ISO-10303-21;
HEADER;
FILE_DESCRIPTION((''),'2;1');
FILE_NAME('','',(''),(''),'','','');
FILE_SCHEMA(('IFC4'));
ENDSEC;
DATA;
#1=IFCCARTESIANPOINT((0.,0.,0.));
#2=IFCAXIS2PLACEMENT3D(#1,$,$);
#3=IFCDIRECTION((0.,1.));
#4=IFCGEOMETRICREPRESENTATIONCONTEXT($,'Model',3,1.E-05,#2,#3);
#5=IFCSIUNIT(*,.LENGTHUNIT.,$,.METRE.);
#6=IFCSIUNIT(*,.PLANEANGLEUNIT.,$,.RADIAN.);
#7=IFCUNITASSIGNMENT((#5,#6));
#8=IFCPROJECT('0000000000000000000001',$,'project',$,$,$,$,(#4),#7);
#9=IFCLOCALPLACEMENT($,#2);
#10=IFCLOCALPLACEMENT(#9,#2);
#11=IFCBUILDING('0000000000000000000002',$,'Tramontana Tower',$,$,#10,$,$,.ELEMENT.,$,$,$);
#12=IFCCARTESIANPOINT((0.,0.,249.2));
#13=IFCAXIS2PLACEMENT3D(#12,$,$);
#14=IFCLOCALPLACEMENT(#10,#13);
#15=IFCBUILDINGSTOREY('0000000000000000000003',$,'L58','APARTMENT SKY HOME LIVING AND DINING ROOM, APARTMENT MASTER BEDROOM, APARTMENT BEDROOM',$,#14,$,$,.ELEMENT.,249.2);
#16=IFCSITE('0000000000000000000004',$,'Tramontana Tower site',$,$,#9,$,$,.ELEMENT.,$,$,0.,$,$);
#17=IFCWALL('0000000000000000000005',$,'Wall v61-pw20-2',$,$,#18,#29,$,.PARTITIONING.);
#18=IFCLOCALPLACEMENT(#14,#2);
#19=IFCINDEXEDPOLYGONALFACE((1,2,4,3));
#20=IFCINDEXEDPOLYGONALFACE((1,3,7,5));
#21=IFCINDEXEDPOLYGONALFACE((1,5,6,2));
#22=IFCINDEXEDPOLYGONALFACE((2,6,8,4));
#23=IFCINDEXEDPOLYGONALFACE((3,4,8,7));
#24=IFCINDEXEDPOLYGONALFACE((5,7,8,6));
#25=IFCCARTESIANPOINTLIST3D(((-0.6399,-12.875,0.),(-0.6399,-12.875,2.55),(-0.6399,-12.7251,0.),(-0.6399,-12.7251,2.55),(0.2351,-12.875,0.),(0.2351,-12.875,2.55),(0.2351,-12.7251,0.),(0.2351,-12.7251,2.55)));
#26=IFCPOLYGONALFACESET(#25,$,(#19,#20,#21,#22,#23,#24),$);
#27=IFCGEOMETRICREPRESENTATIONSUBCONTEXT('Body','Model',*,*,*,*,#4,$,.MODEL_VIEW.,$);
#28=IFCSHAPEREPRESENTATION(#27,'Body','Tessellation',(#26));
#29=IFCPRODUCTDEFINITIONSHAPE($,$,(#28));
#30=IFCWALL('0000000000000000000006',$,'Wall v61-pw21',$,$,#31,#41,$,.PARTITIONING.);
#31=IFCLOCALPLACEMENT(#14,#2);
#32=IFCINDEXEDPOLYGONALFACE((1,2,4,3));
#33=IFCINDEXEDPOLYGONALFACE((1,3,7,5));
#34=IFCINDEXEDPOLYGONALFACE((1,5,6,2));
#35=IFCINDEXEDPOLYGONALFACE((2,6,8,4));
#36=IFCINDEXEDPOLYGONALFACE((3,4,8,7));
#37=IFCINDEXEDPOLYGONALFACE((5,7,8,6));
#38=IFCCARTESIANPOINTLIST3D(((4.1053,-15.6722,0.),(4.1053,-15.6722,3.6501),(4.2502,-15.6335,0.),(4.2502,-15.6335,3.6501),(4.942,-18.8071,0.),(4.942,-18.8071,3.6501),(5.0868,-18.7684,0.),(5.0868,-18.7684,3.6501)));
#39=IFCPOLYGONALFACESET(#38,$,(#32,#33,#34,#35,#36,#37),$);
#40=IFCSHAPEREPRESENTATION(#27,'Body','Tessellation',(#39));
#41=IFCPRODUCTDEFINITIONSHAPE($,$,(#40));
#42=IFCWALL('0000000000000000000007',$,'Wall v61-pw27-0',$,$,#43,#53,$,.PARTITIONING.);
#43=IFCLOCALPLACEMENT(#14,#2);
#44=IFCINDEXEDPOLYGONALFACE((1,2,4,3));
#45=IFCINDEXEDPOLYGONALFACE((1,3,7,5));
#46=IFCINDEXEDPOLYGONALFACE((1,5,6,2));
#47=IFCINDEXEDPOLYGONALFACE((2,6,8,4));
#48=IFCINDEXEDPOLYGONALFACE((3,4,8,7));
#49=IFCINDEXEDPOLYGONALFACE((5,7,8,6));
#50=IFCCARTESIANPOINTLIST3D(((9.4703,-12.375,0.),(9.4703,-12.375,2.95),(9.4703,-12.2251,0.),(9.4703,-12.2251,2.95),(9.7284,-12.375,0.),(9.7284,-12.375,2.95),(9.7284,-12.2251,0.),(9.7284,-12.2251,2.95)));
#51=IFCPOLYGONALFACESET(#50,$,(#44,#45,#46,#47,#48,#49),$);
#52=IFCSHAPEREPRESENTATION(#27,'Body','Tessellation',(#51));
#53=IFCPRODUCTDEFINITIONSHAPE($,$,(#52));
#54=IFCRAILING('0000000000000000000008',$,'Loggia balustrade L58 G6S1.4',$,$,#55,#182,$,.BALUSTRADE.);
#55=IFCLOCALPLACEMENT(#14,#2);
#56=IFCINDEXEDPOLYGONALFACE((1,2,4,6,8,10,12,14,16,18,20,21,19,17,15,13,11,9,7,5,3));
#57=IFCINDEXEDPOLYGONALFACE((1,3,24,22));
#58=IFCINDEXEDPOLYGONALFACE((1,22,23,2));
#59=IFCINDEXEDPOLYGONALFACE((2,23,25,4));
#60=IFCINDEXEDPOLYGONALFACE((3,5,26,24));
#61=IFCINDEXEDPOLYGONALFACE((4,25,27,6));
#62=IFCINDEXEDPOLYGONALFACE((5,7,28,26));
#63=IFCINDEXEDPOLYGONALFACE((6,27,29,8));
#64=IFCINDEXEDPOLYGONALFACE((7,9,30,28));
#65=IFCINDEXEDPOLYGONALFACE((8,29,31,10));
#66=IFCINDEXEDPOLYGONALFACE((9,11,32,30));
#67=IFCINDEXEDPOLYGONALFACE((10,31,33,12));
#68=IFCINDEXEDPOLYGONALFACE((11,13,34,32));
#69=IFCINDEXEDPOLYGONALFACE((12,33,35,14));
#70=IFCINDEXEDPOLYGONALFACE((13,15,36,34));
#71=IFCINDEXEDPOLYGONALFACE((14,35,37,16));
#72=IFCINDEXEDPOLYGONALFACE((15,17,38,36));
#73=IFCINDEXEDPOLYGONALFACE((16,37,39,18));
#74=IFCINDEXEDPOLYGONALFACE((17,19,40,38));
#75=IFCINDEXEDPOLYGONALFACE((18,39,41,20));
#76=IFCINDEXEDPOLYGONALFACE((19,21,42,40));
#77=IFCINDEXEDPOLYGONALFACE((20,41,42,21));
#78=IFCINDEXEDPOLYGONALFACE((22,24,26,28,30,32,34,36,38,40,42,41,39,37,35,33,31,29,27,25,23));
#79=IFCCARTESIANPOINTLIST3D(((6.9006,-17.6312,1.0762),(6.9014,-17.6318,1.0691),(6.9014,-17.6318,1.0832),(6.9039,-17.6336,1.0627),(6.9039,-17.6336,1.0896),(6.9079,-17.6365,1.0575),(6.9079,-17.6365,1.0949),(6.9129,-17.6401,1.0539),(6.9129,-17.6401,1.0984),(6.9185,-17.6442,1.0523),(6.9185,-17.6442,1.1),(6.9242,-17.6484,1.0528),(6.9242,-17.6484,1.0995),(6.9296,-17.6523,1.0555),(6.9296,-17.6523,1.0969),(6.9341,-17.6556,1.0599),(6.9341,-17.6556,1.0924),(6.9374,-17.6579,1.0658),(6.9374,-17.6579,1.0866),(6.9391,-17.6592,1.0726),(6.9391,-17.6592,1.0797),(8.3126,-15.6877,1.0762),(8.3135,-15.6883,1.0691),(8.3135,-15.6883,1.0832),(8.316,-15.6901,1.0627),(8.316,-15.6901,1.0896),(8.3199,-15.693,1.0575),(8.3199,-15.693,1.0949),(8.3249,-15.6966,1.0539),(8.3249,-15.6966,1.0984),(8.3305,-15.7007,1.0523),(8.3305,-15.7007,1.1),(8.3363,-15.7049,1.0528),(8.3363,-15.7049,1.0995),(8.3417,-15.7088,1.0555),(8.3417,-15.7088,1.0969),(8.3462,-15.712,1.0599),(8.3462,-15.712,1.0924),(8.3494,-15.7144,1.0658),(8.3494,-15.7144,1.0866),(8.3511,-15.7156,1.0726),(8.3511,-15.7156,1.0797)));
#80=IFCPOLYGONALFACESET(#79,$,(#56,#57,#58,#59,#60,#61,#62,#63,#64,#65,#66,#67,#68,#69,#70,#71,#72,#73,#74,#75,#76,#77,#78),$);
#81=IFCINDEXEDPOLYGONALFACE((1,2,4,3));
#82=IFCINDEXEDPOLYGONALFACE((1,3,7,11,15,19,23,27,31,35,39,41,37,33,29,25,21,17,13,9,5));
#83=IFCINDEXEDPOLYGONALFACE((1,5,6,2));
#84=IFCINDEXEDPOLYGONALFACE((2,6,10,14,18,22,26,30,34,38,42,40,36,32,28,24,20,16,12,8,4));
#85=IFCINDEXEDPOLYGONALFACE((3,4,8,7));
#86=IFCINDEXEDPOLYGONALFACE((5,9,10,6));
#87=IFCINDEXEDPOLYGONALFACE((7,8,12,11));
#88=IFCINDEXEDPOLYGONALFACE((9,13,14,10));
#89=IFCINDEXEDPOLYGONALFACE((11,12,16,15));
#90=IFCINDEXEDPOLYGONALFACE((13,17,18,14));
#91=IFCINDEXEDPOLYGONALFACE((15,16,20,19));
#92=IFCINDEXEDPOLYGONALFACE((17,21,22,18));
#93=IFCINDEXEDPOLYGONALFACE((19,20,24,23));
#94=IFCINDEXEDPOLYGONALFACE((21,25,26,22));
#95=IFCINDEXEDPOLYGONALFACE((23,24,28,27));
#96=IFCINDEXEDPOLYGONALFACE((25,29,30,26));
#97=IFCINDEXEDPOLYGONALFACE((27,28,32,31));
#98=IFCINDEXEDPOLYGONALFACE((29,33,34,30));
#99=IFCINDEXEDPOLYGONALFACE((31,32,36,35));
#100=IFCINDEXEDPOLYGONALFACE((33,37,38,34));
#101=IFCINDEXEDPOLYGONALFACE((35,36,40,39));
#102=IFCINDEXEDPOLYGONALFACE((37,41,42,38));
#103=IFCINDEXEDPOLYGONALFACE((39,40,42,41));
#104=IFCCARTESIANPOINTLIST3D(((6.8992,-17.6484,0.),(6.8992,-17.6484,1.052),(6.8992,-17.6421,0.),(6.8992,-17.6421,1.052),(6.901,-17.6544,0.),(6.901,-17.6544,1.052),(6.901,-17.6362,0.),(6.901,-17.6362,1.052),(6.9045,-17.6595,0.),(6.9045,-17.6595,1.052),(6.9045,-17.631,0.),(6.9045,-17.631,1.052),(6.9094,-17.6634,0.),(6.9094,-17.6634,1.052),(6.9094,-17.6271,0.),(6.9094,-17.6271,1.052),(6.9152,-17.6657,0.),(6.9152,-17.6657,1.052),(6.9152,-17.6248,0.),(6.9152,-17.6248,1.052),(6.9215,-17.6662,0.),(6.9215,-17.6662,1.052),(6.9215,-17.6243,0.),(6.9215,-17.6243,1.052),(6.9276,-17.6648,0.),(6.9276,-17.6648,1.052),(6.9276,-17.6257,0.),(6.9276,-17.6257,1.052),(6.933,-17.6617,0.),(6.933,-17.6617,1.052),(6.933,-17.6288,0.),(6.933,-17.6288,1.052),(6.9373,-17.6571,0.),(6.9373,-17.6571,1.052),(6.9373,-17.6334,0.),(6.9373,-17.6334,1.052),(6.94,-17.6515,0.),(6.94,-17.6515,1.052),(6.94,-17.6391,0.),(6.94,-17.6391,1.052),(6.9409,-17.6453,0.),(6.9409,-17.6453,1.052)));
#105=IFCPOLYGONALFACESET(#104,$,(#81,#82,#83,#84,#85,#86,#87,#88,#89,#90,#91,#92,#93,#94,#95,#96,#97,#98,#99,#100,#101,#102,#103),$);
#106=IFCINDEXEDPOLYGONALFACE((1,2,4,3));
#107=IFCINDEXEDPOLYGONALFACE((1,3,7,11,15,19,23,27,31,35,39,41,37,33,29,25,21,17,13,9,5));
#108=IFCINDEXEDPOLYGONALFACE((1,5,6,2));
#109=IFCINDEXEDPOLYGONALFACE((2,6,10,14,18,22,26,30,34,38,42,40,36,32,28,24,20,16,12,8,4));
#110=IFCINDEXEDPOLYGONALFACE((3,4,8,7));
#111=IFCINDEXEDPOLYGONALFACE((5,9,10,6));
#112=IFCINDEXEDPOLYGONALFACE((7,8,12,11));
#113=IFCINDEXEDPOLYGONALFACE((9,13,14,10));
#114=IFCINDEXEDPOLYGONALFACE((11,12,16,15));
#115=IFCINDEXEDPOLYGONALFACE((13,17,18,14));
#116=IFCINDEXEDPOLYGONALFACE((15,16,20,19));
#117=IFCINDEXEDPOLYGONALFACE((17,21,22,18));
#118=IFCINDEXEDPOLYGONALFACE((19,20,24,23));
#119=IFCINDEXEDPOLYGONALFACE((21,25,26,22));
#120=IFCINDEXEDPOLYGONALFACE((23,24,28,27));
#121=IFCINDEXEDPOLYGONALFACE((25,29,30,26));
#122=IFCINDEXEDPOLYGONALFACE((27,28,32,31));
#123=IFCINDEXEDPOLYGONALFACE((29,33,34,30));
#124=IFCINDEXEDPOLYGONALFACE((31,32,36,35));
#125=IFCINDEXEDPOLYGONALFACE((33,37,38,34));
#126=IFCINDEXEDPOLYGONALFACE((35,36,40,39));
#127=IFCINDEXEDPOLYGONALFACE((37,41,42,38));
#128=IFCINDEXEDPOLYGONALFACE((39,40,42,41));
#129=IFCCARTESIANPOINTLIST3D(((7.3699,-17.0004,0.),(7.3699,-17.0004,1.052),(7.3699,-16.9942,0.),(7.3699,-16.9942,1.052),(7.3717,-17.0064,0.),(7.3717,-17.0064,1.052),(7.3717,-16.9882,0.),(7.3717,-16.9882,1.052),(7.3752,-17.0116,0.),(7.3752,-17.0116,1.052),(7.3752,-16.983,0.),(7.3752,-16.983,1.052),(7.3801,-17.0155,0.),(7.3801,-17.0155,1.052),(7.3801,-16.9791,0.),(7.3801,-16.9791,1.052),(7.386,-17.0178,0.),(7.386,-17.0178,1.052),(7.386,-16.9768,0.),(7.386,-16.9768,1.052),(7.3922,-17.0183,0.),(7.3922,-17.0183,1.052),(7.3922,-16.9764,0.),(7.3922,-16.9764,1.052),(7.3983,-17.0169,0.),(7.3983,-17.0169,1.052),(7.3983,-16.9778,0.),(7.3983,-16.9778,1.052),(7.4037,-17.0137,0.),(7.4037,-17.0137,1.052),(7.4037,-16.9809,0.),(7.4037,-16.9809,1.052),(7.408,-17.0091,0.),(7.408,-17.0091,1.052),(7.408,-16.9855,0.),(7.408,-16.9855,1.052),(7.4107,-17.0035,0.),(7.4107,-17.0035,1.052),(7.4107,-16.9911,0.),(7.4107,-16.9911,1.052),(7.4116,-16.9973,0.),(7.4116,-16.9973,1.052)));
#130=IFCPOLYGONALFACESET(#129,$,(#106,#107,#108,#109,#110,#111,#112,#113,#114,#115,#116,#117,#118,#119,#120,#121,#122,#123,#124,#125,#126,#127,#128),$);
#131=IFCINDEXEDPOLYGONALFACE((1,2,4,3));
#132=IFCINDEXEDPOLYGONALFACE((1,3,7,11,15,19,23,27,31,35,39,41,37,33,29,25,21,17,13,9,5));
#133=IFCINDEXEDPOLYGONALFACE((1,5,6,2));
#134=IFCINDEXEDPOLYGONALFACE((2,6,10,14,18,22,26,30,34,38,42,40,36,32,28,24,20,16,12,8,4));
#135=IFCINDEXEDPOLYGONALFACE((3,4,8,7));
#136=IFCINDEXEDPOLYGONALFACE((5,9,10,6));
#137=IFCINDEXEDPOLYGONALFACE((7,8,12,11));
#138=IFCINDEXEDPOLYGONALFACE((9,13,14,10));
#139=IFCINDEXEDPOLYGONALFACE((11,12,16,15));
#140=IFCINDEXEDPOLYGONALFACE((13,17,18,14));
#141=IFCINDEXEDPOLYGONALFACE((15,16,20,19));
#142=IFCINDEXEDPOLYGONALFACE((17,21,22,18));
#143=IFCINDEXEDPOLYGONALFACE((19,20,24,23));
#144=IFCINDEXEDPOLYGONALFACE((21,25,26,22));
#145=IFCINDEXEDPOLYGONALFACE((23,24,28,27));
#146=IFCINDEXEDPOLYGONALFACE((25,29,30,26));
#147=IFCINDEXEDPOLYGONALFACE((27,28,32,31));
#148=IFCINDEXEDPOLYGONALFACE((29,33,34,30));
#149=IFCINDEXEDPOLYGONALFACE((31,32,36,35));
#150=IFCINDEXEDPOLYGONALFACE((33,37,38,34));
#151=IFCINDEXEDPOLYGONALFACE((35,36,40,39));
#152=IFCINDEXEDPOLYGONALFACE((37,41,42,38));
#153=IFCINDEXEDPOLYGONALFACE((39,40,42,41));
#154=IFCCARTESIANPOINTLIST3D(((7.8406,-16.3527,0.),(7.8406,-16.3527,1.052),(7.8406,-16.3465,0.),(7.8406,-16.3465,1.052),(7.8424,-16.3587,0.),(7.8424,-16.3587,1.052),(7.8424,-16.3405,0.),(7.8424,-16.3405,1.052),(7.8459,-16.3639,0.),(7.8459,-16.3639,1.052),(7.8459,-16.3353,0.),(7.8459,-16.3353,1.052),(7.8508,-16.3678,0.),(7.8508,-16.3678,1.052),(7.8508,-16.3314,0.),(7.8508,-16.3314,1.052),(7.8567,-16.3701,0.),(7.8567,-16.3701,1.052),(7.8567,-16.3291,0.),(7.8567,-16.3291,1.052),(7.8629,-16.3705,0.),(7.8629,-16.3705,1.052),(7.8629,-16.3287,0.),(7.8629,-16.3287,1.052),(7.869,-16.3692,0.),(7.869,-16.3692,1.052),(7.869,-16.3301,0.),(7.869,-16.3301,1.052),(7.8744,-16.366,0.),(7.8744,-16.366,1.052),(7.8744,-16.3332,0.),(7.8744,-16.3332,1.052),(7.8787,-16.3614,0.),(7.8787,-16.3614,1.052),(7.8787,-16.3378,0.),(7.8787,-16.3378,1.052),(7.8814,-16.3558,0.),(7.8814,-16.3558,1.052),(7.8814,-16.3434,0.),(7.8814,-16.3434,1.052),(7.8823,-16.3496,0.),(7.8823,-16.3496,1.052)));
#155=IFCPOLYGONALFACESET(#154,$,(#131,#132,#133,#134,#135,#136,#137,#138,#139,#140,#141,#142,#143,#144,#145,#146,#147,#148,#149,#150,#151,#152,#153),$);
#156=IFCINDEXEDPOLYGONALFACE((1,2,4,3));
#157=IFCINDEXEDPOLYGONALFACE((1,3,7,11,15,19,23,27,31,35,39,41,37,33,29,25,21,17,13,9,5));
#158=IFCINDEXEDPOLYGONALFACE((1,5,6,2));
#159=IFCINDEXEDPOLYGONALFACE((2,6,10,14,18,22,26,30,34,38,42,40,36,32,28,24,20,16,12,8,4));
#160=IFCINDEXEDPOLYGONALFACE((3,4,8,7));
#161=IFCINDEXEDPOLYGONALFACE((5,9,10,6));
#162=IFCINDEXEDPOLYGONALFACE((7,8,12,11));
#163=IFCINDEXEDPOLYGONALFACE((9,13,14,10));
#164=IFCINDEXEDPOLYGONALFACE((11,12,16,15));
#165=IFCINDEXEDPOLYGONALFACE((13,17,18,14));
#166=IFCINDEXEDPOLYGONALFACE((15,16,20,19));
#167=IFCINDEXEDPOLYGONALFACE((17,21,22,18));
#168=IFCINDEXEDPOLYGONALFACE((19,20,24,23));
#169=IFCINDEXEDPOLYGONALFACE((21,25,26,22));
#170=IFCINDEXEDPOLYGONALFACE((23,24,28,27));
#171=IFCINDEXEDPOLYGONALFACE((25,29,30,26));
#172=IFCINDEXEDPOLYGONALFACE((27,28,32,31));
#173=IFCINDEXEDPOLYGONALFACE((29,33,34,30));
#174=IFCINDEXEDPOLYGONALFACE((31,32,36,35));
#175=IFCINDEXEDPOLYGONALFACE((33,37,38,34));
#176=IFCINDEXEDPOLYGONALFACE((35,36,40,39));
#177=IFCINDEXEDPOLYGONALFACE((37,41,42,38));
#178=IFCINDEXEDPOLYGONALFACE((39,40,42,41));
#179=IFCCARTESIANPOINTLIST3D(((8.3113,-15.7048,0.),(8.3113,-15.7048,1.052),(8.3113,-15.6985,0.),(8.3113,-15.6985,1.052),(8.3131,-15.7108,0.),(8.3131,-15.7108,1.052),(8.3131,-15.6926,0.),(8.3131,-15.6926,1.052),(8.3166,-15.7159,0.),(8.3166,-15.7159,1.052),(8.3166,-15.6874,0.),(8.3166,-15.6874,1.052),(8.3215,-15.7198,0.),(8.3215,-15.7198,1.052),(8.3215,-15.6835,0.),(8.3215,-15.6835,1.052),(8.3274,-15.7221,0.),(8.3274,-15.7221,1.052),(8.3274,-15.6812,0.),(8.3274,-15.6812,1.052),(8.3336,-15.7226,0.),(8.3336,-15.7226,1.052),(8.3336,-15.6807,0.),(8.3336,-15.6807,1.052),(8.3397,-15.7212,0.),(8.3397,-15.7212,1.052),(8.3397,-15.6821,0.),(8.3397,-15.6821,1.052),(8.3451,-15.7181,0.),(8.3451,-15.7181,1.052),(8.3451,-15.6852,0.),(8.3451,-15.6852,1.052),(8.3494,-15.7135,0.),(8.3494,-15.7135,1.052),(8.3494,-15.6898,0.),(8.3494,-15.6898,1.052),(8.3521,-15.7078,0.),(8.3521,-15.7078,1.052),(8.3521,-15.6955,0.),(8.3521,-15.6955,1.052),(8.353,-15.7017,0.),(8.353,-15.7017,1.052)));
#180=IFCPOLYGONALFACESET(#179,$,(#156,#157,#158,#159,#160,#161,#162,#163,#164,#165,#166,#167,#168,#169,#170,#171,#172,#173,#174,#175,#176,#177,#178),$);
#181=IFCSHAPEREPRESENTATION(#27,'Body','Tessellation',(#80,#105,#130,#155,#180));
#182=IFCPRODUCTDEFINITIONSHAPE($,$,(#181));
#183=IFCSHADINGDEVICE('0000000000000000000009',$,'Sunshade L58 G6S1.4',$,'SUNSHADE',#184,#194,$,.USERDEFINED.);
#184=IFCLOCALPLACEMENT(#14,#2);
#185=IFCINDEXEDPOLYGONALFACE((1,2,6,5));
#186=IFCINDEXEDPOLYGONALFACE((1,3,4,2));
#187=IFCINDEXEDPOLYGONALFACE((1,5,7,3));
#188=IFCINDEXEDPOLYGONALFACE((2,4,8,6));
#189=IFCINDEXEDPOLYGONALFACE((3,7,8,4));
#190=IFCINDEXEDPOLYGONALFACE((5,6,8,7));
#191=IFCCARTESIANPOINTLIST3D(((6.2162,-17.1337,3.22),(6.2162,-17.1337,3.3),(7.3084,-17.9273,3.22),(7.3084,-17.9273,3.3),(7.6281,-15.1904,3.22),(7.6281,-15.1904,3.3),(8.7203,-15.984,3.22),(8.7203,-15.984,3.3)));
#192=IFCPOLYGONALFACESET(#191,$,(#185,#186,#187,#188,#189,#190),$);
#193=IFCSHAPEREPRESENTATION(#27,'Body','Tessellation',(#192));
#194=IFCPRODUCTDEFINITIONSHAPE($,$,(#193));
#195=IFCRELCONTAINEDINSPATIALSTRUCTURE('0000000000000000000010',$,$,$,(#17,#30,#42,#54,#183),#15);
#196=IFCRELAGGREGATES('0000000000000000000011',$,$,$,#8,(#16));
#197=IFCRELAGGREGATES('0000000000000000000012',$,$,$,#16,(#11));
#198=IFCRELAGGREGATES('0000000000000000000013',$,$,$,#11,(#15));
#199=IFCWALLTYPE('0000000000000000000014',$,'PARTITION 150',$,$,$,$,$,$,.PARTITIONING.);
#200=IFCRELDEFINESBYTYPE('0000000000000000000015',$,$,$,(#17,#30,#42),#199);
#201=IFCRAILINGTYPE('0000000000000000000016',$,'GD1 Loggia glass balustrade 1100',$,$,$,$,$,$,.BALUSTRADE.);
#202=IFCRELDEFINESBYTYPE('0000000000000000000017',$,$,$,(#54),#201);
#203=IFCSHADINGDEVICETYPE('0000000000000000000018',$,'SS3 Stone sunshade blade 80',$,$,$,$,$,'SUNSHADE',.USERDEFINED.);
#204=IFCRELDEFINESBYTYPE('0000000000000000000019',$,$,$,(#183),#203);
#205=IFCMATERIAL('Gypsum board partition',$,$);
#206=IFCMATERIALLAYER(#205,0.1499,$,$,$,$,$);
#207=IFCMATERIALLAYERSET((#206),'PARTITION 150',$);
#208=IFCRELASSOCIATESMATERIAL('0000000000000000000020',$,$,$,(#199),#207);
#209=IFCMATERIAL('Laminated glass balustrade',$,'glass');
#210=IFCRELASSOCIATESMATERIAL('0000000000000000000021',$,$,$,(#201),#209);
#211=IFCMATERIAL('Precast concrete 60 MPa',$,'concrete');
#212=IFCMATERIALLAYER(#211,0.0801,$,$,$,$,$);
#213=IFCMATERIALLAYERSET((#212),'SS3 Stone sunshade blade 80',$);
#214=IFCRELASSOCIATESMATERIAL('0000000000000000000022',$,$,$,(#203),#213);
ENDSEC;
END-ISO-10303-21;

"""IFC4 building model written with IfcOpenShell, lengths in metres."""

from ifc_helpers import new_model, si_unit, direction, frame, frame_2d, origin, origin_2d, place, context, subcontext, project, spatial, rectangle, circle, extrude, material, layer, layer_set, type_object, element, save


model = new_model("IFC4")

# Units and contexts
model_context = context("Model", 3, precision=1e-05, world=origin(), true_north=direction((0.0, 1.0)))
body_context = subcontext(model_context, "Body", "Model", "MODEL_VIEW")
ifc_project = project(units=[si_unit("LENGTHUNIT", "METRE"), si_unit("PLANEANGLEUNIT", "RADIAN")], contexts=[model_context])

# Site, building, storey
site_placement = place(None, origin())
site = spatial("IfcSite", under=ifc_project, at=site_placement, Name="Tramontana Tower site", CompositionType="ELEMENT", RefElevation=0.0)
building_placement = place(site_placement, origin())
building = spatial("IfcBuilding", under=site, at=building_placement, Name="Tramontana Tower", CompositionType="ELEMENT")
storey_placement = place(building_placement, frame((0.0, 0.0, 249.2)))
storey = spatial("IfcBuildingStorey", under=building, at=storey_placement, Name="L58", Description="APARTMENT SKY HOME LIVING AND DINING ROOM, APARTMENT MASTER BEDROOM, APARTMENT BEDROOM", CompositionType="ELEMENT", Elevation=249.2)

# Shared definitions
ifc_material_1 = material(Name="Gypsum board partition")
ifc_layer_1 = layer(ifc_material_1, 0.1499)
ifc_layer_set_1 = layer_set([ifc_layer_1], Name="PARTITION 150")
wall_type_1 = type_object("IfcWallType", Name="PARTITION 150", PredefinedType="PARTITIONING", material=ifc_layer_set_1)

# Walls
wall_1_placement = place(storey_placement, frame((0.2351, -12.8, 0.0), z_axis=(0.0, 0.0, 1.0), x_axis=(-1.0, 0.0, 0.0)))
element("IfcWall", 1, at=wall_1_placement, inside=storey, type_object=wall_type_1, Name="Wall v61-pw20-2", PredefinedType="PARTITIONING", context=body_context, shape_type="SweptSolid", body=[
    extrude(rectangle(XDim=0.875, YDim=0.1499, at=frame_2d((0.4375, 0.0))), origin(), (0.0, 0.0, 1.0), 2.55),
])
wall_2_placement = place(storey_placement, frame((4.1777, -15.6528, 0.0), z_axis=(0.0, 0.0, 1.0), x_axis=(0.257855, -0.966184, 0.0)))
element("IfcWall", 2, at=wall_2_placement, inside=storey, type_object=wall_type_1, Name="Wall v61-pw21", PredefinedType="PARTITIONING", context=body_context, shape_type="SweptSolid", body=[
    extrude(rectangle(XDim=3.2446, YDim=0.1499, at=frame_2d((1.6223, 0.0))), origin(), (0.0, 0.0, 1.0), 3.6501),
])
wall_3_placement = place(storey_placement, frame((9.7283, -12.3, 0.0), z_axis=(0.0, 0.0, 1.0), x_axis=(-1.0, 0.0, 0.0)))
element("IfcWall", 3, at=wall_3_placement, inside=storey, type_object=wall_type_1, Name="Wall v61-pw27-0", PredefinedType="PARTITIONING", context=body_context, shape_type="SweptSolid", body=[
    extrude(rectangle(XDim=0.2581, YDim=0.1499, at=frame_2d((0.1289, 0.0))), origin(), (0.0, 0.0, 1.0), 2.95),
])

# Railing
ifc_material_2 = material(Name="Laminated glass balustrade", Category="glass")
railing_type = type_object("IfcRailingType", Name="GD1 Loggia glass balustrade 1100", PredefinedType="BALUSTRADE", material=ifc_material_2)
railing_placement = place(storey_placement, frame((6.9199, -17.6453, 0.0)))
element("IfcRailing", 4, at=railing_placement, inside=storey, type_object=railing_type, Name="Loggia balustrade L58 G6S1.4", PredefinedType="BALUSTRADE", context=body_context, shape_type="SweptSolid", body=[
    extrude(circle(Radius=0.0239, at=origin_2d()), frame((0.0, 0.0, 1.0762), z_axis=(0.587785, 0.809017, 0.0), x_axis=(-0.809017, 0.587785, 0.0)), (0.0, 0.0, 1.0), 2.4023),
    extrude(circle(Radius=0.021, at=origin_2d()), origin(), (0.0, 0.0, 1.0), 1.052),
    extrude(circle(Radius=0.021, at=origin_2d()), frame((0.4707, 0.6479, 0.0)), (0.0, 0.0, 1.0), 1.052),
    extrude(circle(Radius=0.021, at=origin_2d()), frame((0.9414, 1.2957, 0.0)), (0.0, 0.0, 1.0), 1.052),
    extrude(circle(Radius=0.021, at=origin_2d()), frame((1.4121, 1.9436, 0.0)), (0.0, 0.0, 1.0), 1.052),
])

# Shading device
ifc_material_3 = material(Name="Precast concrete 60 MPa", Category="concrete")
ifc_layer_2 = layer(ifc_material_3, 0.0801)
ifc_layer_set_2 = layer_set([ifc_layer_2], Name="SS3 Stone sunshade blade 80")
shading_device_type = type_object("IfcShadingDeviceType", Name="SS3 Stone sunshade blade 80", ElementType="SUNSHADE", PredefinedType="USERDEFINED", material=ifc_layer_set_2)
shading_device_placement = place(storey_placement, frame((7.4683, -16.5588, 3.22), z_axis=(0.0, 0.0, 1.0), x_axis=(0.587785, 0.809017, 0.0)))
element("IfcShadingDevice", 5, at=shading_device_placement, inside=storey, type_object=shading_device_type, Name="Sunshade L58 G6S1.4", ObjectType="SUNSHADE", PredefinedType="USERDEFINED", context=body_context, shape_type="SweptSolid", body=[
    extrude(rectangle(XDim=2.4021, YDim=1.3501, at=origin_2d()), origin(), (0.0, 0.0, 1.0), 0.0801),
])

save(model, "model.ifc")
